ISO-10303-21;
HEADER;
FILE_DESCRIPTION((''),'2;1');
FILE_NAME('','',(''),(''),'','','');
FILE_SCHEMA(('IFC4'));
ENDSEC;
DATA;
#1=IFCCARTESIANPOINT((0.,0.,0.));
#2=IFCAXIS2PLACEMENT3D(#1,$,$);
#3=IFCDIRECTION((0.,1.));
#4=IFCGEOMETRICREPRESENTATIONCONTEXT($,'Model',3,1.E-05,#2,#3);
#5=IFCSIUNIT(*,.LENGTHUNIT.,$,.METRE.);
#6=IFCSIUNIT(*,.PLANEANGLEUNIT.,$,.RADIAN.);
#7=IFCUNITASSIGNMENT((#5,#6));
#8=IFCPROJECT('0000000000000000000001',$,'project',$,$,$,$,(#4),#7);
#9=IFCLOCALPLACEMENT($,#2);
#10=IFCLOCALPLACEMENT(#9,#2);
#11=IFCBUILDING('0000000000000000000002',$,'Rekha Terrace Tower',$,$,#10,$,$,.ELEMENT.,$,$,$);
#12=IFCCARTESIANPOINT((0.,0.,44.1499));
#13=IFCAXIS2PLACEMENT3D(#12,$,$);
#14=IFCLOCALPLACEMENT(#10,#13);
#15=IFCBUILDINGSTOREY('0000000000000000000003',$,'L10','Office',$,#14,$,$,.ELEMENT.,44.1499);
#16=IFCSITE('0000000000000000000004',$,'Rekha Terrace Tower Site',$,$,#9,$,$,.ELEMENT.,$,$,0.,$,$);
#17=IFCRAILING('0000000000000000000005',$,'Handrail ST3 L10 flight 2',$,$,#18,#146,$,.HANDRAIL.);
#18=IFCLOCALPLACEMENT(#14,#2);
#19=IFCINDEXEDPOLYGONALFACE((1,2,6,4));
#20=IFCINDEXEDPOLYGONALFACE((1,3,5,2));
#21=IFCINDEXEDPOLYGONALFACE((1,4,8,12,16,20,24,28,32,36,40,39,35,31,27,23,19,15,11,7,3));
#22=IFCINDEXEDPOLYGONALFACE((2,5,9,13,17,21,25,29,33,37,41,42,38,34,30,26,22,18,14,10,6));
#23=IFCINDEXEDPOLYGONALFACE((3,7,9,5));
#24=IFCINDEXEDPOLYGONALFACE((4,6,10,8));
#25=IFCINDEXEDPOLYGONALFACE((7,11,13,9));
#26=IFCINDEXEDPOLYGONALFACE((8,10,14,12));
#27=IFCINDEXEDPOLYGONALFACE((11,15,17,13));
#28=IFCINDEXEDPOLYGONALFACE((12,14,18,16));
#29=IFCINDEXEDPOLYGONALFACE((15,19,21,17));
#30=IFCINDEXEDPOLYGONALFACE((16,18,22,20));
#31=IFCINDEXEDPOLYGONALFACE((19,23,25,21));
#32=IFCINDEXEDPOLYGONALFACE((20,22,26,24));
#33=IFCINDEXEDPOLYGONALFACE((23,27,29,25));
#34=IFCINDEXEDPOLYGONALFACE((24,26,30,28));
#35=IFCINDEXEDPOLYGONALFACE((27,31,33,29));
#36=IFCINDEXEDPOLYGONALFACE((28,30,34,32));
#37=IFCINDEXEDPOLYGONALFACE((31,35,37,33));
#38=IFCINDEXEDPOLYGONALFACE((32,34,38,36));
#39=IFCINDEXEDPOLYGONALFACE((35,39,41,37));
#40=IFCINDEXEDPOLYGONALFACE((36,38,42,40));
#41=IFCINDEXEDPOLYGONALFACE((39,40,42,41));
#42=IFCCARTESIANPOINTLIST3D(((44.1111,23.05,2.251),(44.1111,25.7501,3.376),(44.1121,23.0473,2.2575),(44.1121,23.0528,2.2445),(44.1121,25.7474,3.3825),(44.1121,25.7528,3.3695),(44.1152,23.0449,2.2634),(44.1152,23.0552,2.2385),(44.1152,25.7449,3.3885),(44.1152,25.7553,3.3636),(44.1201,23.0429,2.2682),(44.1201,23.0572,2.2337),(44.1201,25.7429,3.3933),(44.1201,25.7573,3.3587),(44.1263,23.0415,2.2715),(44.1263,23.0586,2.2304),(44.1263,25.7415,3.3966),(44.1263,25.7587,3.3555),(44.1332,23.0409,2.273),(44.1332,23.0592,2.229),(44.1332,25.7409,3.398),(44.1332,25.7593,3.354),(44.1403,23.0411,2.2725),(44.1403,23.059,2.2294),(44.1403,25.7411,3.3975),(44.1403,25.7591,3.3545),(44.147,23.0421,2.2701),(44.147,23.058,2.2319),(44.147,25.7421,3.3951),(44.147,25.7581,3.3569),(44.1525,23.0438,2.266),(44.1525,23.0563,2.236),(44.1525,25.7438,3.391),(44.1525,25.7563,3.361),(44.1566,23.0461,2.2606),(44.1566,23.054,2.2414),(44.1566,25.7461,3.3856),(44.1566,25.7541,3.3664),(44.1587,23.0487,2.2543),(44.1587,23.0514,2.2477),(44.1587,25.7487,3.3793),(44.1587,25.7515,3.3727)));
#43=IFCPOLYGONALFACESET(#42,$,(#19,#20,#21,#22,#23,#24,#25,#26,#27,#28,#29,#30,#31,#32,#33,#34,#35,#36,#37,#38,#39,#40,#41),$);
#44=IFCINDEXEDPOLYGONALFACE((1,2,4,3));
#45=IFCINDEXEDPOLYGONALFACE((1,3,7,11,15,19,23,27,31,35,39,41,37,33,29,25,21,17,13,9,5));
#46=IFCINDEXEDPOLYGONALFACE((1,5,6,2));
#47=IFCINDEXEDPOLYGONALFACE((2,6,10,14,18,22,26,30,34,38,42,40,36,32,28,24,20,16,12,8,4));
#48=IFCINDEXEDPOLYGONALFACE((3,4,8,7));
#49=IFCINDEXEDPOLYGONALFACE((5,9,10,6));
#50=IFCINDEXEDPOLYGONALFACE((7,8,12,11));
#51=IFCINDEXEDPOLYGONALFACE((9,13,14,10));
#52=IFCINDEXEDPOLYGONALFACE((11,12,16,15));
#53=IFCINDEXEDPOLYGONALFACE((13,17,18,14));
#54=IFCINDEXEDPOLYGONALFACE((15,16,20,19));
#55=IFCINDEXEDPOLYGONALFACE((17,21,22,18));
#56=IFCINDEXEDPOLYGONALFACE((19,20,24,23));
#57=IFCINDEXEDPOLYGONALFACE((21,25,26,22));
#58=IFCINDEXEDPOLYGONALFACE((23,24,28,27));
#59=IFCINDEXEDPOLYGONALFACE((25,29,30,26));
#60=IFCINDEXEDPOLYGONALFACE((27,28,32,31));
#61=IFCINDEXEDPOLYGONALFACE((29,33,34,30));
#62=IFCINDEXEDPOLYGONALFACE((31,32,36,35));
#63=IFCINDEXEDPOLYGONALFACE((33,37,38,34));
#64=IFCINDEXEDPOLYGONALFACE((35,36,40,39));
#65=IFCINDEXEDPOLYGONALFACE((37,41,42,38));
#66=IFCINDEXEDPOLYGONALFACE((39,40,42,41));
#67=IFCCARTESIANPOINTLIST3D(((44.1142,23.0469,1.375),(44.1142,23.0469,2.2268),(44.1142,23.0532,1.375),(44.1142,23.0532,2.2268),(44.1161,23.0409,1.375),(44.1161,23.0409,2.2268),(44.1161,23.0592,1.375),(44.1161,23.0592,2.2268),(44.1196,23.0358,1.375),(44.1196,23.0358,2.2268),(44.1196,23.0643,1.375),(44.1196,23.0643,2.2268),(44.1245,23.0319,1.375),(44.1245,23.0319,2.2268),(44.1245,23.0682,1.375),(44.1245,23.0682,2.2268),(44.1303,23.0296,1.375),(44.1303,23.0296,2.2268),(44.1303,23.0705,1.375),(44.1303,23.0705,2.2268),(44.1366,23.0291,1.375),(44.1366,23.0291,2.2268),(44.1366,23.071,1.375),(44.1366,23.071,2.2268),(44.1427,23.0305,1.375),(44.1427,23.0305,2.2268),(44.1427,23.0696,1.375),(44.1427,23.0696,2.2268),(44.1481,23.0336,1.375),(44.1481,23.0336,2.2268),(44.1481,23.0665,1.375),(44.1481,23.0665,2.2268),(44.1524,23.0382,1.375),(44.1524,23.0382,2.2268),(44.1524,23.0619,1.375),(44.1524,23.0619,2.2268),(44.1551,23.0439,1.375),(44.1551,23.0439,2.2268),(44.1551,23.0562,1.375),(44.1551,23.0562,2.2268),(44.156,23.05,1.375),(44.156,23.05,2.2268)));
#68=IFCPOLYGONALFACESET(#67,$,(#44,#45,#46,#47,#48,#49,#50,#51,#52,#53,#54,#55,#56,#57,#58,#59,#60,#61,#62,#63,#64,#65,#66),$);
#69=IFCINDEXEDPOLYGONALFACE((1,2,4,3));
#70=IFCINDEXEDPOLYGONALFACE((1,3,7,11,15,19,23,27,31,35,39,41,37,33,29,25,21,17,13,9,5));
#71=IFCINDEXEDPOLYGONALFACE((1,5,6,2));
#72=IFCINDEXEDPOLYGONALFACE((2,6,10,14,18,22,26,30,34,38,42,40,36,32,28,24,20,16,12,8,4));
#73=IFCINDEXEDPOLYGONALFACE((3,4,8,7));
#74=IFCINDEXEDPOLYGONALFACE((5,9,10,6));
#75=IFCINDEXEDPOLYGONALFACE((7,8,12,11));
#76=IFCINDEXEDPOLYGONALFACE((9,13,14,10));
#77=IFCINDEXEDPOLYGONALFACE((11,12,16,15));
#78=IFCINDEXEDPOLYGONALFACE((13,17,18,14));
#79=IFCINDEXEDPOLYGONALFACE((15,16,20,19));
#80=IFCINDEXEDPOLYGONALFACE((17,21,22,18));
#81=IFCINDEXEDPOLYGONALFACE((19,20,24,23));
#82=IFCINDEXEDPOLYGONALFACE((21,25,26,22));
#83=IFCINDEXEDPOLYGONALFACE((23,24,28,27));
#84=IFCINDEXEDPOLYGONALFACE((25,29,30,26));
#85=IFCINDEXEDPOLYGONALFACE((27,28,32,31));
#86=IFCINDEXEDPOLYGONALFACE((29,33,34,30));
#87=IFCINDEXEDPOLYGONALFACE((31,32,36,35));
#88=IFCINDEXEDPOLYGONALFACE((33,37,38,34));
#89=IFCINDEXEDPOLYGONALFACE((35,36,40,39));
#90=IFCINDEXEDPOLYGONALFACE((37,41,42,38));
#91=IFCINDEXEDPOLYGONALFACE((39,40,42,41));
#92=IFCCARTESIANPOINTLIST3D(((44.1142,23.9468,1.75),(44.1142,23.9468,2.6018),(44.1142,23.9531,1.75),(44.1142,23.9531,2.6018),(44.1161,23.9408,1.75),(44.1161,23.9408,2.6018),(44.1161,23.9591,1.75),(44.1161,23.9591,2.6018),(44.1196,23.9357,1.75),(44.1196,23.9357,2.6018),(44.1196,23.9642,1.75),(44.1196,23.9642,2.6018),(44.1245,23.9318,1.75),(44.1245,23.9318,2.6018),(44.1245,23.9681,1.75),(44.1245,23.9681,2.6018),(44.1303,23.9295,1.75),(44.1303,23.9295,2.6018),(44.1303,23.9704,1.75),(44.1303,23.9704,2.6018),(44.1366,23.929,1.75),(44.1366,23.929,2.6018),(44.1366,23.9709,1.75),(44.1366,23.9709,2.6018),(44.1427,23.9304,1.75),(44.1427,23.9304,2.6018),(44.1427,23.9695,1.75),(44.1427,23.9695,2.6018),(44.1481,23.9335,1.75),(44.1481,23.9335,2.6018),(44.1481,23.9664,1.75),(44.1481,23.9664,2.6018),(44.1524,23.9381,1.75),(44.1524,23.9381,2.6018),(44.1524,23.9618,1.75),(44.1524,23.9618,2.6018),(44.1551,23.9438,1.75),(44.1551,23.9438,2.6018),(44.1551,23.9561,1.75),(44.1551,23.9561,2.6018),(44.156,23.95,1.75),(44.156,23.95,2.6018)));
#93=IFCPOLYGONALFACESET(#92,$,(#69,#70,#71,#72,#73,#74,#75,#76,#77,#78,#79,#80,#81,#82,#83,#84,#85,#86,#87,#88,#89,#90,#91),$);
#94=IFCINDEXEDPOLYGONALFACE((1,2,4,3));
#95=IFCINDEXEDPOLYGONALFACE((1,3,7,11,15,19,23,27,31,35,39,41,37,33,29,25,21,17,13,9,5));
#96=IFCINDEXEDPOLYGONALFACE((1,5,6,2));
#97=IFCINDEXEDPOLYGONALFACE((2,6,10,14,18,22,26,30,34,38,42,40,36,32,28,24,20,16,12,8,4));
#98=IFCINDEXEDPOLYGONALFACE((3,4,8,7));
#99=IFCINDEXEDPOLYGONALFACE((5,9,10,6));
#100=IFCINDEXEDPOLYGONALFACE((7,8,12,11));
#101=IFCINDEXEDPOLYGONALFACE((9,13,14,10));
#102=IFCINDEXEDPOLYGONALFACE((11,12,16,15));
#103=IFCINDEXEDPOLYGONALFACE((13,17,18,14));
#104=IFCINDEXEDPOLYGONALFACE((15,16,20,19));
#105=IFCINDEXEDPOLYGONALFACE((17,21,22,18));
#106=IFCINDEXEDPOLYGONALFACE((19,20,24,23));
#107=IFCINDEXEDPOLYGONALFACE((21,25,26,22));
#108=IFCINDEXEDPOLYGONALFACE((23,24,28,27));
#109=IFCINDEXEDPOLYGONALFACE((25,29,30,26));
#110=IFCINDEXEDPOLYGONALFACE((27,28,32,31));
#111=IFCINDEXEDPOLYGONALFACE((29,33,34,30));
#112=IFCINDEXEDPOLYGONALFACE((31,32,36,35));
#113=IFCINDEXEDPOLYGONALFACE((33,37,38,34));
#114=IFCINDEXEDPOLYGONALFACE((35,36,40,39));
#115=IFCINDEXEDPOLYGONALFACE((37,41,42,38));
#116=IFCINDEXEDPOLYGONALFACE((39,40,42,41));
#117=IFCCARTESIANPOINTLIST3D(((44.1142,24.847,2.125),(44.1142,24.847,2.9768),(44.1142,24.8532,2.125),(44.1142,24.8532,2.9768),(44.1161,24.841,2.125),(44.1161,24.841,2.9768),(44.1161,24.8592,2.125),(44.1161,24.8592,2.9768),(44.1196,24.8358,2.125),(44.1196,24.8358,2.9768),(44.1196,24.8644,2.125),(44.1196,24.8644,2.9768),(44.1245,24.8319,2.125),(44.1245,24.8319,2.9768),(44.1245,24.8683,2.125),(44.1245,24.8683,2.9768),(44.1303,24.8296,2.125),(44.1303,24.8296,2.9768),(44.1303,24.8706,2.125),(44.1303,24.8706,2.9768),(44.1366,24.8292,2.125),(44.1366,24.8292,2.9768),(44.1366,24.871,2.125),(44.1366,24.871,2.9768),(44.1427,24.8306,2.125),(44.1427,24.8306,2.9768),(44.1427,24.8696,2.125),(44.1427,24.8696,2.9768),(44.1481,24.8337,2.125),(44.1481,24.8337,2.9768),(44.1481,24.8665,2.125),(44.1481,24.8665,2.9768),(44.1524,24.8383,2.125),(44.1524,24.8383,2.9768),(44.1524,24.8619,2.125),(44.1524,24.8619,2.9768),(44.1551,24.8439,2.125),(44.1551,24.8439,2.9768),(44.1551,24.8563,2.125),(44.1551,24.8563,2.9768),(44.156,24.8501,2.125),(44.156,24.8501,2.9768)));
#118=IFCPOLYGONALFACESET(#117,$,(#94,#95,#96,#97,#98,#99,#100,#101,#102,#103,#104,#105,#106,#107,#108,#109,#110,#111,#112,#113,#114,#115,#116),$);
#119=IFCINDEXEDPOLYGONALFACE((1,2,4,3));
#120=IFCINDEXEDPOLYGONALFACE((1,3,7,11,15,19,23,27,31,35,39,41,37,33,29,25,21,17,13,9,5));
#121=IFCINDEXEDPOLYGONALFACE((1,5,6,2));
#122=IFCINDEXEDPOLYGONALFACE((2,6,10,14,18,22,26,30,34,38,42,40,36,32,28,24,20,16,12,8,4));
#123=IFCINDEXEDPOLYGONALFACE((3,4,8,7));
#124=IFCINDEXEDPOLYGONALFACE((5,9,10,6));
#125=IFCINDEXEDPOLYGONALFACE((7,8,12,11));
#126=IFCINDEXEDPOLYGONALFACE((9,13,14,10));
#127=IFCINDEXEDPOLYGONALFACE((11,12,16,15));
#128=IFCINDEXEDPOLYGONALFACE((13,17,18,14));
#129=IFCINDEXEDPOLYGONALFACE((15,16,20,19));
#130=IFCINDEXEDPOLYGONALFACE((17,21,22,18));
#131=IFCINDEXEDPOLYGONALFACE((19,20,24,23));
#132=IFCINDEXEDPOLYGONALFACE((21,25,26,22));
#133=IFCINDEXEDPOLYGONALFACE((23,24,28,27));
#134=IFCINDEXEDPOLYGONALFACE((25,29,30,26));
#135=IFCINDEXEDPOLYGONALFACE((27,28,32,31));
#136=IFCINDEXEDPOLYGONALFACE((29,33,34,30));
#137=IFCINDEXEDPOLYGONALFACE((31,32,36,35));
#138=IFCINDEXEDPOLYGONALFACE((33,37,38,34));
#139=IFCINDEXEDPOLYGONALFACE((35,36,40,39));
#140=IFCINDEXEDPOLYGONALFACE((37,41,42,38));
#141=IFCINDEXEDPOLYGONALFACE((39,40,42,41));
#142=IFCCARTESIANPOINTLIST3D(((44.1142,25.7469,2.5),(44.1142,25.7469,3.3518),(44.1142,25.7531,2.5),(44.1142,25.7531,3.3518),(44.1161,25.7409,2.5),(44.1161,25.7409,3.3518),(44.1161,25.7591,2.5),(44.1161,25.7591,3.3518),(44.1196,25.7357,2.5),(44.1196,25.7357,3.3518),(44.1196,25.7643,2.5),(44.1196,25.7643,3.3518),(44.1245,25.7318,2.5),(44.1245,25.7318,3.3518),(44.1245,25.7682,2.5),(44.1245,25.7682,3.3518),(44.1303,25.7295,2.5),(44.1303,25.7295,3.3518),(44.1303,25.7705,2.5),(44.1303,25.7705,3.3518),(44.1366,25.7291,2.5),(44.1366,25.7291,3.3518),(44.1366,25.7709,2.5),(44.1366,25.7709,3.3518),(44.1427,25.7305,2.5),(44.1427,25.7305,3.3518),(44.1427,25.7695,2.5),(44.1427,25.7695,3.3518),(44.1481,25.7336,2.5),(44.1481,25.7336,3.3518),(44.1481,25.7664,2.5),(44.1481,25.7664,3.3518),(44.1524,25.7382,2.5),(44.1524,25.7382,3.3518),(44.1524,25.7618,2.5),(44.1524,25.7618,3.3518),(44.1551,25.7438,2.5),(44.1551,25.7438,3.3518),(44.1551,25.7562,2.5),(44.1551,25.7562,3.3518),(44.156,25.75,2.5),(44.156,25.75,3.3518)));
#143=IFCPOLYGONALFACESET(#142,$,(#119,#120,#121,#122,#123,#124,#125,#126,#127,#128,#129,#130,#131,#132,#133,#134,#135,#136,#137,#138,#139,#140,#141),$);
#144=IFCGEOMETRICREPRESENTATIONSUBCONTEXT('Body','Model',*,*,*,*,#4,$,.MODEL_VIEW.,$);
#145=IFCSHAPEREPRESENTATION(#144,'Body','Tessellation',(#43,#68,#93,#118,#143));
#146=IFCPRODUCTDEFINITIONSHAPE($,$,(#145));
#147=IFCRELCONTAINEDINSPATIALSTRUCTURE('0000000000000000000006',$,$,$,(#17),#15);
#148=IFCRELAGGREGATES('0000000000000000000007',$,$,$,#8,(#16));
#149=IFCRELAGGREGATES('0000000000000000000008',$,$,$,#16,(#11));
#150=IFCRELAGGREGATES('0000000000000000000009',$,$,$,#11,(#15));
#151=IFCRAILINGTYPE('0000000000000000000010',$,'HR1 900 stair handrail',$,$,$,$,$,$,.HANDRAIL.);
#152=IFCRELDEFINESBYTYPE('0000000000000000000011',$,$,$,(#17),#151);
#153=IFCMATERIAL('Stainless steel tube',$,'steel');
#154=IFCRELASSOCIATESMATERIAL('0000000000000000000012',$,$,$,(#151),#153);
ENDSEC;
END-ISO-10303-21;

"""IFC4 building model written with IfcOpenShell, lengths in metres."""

from ifc_helpers import new_model, si_unit, direction, frame, origin, origin_2d, place, context, subcontext, project, spatial, circle, extrude, material, type_object, element, save


model = new_model("IFC4")

# Units and contexts
model_context = context("Model", 3, precision=1e-05, world=origin(), true_north=direction((0.0, 1.0)))
body_context = subcontext(model_context, "Body", "Model", "MODEL_VIEW")
ifc_project = project(units=[si_unit("LENGTHUNIT", "METRE"), si_unit("PLANEANGLEUNIT", "RADIAN")], contexts=[model_context])

# Site, building, storey
site_placement = place(None, origin())
site = spatial("IfcSite", under=ifc_project, at=site_placement, Name="Rekha Terrace Tower Site", CompositionType="ELEMENT", RefElevation=0.0)
building_placement = place(site_placement, origin())
building = spatial("IfcBuilding", under=site, at=building_placement, Name="Rekha Terrace Tower", CompositionType="ELEMENT")
storey_placement = place(building_placement, frame((0.0, 0.0, 44.1499)))
storey = spatial("IfcBuildingStorey", under=building, at=storey_placement, Name="L10", Description="Office", CompositionType="ELEMENT", Elevation=44.1499)

# Railing
ifc_material_1 = material(Name="Stainless steel tube", Category="steel")
railing_type = type_object("IfcRailingType", Name="HR1 900 stair handrail", PredefinedType="HANDRAIL", material=ifc_material_1)
railing_placement = place(storey_placement, frame((44.135, 23.05, 1.375)))
element("IfcRailing", 1, at=railing_placement, inside=storey, type_object=railing_type, Name="Handrail ST3 L10 flight 2", PredefinedType="HANDRAIL", context=body_context, shape_type="SweptSolid", body=[
    extrude(circle(Radius=0.0239, at=origin_2d()), frame((0.0, 0.0, 0.876), z_axis=(0.0, 0.923074, 0.384621), x_axis=(-1.0, 0.0, 0.0)), (0.0, 0.0, 1.0), 2.925),
    extrude(circle(Radius=0.021, at=origin_2d()), origin(), (0.0, 0.0, 1.0), 0.8518),
    extrude(circle(Radius=0.021, at=origin_2d()), frame((0.0, 0.8999, 0.375)), (0.0, 0.0, 1.0), 0.8518),
    extrude(circle(Radius=0.021, at=origin_2d()), frame((0.0, 1.8, 0.75)), (0.0, 0.0, 1.0), 0.8518),
    extrude(circle(Radius=0.021, at=origin_2d()), frame((0.0, 2.7, 1.125)), (0.0, 0.0, 1.0), 0.8518),
])

save(model, "model.ifc")
